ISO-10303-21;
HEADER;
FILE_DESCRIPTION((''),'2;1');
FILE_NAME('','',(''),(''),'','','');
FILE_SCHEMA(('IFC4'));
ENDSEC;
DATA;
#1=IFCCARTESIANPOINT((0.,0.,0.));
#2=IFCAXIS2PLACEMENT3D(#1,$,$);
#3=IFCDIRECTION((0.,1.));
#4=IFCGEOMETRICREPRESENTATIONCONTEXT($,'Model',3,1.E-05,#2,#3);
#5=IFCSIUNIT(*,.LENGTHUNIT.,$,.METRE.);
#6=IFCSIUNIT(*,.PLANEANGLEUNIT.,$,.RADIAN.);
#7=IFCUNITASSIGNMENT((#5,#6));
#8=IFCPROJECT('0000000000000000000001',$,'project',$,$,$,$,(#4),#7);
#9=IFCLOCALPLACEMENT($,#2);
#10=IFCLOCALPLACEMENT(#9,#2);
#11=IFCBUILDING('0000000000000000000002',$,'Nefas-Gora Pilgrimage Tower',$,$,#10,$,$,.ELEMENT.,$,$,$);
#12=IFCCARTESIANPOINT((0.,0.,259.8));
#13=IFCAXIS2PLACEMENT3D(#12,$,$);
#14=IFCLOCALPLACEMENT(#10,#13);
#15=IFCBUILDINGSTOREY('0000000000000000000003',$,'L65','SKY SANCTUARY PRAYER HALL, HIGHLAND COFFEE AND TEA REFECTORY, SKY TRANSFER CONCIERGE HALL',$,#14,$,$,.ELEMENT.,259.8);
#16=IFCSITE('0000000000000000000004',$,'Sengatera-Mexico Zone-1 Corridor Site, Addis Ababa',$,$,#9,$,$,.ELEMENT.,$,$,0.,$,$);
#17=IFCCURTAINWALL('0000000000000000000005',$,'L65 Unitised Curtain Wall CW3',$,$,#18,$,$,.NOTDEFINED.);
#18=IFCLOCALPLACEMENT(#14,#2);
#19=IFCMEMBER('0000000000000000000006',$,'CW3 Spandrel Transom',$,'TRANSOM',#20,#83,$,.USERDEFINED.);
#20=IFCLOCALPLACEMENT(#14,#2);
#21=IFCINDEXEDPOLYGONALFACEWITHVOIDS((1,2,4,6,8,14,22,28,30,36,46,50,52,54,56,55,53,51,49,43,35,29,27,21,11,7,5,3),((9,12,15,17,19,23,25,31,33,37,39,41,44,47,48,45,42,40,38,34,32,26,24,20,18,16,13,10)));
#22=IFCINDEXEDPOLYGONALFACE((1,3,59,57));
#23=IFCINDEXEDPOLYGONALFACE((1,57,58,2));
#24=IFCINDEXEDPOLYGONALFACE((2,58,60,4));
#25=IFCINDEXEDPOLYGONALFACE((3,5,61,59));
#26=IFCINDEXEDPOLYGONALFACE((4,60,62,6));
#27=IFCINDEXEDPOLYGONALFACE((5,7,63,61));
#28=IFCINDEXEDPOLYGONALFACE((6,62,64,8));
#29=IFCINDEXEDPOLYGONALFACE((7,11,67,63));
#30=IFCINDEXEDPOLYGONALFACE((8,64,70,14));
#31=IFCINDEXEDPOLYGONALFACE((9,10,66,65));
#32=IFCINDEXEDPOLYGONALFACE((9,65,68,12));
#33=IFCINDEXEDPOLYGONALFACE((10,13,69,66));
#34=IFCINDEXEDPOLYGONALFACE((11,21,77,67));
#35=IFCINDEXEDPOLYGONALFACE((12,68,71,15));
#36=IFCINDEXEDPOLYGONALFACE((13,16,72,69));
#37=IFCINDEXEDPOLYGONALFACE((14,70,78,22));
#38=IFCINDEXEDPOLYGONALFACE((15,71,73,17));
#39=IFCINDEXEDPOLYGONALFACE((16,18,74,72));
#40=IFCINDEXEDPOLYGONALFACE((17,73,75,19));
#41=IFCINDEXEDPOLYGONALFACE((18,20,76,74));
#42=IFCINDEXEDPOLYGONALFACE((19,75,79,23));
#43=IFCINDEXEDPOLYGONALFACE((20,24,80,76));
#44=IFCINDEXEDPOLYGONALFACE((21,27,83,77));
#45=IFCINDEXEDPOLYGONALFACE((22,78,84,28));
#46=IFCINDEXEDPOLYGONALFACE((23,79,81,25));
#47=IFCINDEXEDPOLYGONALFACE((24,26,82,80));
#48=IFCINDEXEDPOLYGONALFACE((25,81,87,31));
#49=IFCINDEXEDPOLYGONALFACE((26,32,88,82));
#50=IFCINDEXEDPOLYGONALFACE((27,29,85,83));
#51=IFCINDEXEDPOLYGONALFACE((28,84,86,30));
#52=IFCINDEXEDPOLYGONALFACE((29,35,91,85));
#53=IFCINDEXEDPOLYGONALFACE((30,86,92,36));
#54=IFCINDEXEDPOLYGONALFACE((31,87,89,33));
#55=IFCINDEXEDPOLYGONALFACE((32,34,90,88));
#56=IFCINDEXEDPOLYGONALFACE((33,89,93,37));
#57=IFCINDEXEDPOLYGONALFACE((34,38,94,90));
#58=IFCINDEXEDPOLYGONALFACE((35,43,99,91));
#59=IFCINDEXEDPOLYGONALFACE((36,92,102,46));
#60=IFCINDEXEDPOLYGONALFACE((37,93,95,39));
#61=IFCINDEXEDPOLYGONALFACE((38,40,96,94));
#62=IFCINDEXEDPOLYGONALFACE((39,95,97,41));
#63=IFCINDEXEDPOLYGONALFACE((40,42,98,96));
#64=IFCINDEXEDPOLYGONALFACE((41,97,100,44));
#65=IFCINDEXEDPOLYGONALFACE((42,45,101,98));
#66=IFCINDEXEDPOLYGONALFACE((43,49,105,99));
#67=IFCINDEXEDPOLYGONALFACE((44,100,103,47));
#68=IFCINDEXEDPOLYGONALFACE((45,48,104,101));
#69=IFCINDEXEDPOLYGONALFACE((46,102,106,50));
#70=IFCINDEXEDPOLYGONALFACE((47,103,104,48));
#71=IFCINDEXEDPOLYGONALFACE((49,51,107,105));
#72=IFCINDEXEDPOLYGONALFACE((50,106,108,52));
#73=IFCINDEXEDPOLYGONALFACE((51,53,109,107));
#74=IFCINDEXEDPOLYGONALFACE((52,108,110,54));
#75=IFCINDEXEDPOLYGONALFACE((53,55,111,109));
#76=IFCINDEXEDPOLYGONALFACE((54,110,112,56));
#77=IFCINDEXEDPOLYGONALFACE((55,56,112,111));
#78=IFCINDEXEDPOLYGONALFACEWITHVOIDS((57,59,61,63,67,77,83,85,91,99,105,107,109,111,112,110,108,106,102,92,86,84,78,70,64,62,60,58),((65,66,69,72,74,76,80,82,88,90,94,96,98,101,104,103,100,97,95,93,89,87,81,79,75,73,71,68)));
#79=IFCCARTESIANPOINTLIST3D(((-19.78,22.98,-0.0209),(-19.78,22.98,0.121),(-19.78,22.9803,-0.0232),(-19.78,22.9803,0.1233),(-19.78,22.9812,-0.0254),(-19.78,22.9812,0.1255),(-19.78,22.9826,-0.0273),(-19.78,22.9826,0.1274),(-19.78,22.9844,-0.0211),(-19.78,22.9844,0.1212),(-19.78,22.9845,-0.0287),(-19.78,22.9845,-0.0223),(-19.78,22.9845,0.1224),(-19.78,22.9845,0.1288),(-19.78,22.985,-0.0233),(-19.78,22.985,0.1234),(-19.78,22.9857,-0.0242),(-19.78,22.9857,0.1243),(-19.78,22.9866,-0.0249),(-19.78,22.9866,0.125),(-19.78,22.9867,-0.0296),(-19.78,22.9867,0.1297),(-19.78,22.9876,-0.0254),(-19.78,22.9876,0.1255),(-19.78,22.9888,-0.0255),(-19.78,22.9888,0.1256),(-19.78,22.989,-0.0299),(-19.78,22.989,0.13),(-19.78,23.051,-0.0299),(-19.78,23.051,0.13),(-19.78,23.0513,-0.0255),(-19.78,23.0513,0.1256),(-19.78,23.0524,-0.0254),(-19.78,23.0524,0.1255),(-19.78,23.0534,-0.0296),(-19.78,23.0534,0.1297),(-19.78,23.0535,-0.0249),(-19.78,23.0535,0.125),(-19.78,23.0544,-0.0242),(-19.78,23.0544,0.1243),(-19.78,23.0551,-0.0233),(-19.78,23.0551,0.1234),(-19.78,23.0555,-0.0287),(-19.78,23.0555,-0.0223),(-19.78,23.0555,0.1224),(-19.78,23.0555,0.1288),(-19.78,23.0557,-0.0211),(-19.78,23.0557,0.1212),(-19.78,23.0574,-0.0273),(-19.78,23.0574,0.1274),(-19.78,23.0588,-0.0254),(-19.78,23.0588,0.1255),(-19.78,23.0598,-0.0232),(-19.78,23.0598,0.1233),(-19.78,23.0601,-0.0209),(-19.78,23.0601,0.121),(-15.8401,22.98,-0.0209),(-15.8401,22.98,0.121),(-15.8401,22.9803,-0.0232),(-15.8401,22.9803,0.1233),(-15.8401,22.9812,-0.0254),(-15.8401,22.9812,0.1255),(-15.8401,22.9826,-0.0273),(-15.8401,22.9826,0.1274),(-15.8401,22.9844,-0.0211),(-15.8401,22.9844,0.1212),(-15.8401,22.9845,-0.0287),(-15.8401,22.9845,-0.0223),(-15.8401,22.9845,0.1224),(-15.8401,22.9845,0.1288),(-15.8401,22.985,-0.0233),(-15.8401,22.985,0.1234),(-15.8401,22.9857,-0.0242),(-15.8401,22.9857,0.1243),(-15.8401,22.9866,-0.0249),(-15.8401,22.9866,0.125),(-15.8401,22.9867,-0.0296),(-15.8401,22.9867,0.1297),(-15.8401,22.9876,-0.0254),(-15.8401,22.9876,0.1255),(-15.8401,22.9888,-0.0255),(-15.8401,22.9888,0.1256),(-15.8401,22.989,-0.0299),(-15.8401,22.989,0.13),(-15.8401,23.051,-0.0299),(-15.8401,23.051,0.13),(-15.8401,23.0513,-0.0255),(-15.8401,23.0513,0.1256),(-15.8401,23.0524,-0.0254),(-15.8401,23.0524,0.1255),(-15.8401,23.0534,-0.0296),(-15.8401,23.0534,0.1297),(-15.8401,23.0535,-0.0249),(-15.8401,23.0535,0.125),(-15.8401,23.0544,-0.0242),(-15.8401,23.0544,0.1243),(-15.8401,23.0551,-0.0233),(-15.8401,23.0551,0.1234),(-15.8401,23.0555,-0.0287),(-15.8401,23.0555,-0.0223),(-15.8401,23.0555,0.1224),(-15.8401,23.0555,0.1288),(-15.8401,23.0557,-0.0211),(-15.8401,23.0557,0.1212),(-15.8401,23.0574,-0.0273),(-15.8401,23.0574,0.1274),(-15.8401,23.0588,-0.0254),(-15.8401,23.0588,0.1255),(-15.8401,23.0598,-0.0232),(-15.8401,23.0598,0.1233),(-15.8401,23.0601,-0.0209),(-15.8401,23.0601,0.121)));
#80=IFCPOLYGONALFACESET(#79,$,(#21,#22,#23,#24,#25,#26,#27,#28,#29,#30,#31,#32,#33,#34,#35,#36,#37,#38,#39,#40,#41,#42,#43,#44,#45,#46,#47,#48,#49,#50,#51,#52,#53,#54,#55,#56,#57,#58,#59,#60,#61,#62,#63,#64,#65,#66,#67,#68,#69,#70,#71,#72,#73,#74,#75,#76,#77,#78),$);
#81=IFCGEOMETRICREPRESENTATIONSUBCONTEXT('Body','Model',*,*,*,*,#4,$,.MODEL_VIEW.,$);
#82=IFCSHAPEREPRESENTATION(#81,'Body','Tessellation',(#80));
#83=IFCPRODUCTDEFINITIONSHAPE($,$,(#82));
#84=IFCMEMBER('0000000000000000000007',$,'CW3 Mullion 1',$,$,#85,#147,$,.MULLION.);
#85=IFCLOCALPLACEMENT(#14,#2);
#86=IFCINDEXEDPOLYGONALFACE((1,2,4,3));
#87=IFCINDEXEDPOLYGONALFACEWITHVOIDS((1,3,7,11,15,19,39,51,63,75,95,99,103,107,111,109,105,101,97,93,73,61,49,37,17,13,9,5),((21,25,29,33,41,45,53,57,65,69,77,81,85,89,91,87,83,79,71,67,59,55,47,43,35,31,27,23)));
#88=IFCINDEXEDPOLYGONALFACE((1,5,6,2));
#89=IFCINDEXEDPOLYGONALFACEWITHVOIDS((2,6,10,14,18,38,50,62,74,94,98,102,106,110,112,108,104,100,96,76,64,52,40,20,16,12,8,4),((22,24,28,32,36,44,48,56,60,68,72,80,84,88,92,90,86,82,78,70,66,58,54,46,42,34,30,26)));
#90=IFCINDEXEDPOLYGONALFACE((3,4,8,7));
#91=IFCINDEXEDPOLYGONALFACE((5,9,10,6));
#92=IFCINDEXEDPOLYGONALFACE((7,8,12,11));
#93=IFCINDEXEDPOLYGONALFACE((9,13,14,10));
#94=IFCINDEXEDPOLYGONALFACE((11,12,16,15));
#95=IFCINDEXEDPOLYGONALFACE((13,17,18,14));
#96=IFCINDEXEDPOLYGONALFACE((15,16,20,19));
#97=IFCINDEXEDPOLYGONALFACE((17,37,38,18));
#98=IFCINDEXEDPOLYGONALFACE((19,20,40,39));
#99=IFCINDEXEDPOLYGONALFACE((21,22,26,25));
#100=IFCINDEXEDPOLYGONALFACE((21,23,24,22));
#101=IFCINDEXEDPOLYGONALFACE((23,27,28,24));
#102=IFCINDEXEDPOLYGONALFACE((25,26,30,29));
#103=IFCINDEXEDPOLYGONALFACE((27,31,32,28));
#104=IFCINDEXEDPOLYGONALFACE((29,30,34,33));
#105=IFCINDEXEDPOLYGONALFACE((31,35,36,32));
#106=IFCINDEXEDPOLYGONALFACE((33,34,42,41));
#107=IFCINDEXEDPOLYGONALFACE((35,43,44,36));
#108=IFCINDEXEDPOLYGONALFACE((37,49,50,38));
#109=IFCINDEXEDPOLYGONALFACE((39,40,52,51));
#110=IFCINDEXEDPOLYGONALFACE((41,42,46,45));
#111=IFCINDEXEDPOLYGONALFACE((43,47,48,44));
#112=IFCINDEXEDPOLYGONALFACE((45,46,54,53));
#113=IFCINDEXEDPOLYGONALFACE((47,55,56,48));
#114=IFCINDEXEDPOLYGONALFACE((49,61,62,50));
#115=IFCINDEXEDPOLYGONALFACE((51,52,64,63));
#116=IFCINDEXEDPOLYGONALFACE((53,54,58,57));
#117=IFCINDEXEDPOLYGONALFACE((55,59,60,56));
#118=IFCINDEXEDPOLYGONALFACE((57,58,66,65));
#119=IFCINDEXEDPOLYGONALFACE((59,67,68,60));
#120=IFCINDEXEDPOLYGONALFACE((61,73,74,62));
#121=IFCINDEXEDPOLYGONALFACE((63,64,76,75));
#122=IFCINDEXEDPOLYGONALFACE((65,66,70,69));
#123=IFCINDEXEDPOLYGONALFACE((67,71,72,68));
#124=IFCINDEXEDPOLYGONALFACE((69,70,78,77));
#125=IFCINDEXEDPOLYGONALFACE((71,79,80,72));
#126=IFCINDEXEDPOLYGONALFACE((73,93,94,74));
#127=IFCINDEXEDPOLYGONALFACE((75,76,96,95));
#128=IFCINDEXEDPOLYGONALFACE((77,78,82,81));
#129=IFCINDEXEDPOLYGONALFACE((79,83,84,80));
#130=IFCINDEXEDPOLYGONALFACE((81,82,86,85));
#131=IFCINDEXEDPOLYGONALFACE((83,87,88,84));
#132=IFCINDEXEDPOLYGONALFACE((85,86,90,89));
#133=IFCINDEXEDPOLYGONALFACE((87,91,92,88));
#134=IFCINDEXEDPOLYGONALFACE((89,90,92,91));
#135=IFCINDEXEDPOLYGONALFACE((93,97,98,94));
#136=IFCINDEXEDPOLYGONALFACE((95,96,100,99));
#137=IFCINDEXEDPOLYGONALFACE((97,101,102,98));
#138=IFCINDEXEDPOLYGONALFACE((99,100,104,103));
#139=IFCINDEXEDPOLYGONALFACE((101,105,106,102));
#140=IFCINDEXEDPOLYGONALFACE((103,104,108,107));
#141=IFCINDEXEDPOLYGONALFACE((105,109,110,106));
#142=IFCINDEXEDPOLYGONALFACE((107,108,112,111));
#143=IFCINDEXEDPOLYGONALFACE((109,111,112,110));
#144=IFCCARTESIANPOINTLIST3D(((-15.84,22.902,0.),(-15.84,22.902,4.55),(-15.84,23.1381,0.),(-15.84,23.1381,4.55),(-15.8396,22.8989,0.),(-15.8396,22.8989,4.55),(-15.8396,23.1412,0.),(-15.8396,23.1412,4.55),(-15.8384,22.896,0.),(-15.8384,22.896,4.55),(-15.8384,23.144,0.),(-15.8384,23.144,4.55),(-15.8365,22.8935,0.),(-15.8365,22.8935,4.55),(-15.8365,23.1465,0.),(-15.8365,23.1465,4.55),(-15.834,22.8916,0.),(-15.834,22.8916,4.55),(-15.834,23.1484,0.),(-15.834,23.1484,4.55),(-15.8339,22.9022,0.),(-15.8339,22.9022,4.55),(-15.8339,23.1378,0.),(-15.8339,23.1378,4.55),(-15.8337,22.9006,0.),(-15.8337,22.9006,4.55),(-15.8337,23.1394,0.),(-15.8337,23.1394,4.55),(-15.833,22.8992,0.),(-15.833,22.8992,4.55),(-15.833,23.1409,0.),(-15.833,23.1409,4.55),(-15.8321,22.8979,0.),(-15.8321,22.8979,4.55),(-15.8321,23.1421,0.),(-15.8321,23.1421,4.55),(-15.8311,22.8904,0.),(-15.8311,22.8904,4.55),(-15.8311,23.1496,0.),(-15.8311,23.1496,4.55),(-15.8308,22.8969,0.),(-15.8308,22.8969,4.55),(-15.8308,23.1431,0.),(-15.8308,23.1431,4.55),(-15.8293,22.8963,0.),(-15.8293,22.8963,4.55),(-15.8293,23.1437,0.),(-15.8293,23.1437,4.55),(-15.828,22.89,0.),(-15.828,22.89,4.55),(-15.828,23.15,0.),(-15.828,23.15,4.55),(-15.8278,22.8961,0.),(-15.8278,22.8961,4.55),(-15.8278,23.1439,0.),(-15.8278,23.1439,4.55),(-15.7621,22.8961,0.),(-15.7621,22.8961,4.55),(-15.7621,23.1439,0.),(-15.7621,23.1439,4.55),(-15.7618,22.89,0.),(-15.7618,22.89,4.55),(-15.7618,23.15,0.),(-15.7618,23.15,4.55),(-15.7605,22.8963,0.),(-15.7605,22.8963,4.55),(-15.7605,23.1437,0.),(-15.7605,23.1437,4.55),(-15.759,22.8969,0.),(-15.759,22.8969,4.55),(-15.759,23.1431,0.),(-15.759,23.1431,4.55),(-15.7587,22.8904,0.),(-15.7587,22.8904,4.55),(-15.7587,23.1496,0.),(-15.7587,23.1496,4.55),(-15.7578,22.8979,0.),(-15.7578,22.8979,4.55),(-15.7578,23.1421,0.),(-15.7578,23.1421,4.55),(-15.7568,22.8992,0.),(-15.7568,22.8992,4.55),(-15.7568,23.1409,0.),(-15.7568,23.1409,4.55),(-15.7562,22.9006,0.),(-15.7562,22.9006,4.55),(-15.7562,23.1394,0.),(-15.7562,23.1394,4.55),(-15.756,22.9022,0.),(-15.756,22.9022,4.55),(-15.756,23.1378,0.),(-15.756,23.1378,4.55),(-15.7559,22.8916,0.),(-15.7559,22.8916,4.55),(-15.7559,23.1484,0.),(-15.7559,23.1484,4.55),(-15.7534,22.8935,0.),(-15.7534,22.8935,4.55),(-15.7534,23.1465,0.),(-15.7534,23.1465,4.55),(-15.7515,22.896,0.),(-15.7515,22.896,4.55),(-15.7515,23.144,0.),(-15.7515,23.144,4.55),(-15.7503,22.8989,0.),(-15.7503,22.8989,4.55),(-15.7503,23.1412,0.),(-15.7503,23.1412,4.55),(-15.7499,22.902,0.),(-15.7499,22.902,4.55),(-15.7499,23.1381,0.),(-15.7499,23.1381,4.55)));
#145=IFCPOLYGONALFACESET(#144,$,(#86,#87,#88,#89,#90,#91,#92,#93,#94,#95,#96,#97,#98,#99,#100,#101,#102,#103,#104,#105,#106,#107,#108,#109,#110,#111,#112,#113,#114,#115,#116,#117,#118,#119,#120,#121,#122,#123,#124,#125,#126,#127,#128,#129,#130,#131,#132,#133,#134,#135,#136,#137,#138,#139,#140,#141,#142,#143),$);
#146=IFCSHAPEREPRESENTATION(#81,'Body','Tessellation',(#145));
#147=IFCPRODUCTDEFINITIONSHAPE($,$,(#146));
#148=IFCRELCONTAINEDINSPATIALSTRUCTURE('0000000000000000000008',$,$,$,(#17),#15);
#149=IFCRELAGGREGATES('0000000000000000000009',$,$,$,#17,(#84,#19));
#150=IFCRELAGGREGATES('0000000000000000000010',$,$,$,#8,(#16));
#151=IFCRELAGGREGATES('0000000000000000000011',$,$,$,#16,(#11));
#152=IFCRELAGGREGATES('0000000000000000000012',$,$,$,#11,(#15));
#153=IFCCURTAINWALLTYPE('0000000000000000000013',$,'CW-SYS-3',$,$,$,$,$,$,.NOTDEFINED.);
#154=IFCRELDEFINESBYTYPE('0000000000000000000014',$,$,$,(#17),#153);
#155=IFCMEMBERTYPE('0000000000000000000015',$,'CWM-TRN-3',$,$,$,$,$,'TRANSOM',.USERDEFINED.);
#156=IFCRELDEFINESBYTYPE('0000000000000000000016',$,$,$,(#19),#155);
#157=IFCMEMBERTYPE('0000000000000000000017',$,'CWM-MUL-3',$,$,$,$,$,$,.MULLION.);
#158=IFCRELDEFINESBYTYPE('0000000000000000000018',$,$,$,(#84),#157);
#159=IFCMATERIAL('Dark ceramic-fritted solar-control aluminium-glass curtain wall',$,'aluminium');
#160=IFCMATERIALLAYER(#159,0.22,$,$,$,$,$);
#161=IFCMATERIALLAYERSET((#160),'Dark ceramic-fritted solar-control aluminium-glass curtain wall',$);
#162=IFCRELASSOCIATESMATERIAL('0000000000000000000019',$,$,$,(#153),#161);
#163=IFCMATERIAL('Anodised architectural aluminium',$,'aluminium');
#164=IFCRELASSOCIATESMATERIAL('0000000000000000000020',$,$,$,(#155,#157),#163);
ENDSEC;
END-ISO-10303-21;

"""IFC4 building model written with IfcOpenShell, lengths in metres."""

from ifc_helpers import new_model, si_unit, direction, frame, origin, origin_2d, place, context, subcontext, project, spatial, hollow_rectangle, extrude, source, transform, mapped, material, layer, layer_set, material_profile, profile_set, type_object, element, aggregate, save


model = new_model("IFC4")

# Units and contexts
model_context = context("Model", 3, precision=1e-05, world=origin(), true_north=direction((0.0, 1.0)))
body_context = subcontext(model_context, "Body", "Model", "MODEL_VIEW")
ifc_project = project(units=[si_unit("LENGTHUNIT", "METRE"), si_unit("PLANEANGLEUNIT", "RADIAN")], contexts=[model_context])

# Site, building, storey
site_placement = place(None, origin())
site = spatial("IfcSite", under=ifc_project, at=site_placement, Name="Sengatera-Mexico Zone-1 Corridor Site, Addis Ababa", CompositionType="ELEMENT", RefElevation=0.0)
building_placement = place(site_placement, origin())
building = spatial("IfcBuilding", under=site, at=building_placement, Name="Nefas-Gora Pilgrimage Tower", CompositionType="ELEMENT")
storey_placement = place(building_placement, frame((0.0, 0.0, 259.8)))
storey = spatial("IfcBuildingStorey", under=building, at=storey_placement, Name="L65", Description="SKY SANCTUARY PRAYER HALL, HIGHLAND COFFEE AND TEA REFECTORY, SKY TRANSFER CONCIERGE HALL", CompositionType="ELEMENT", Elevation=259.8)

# Shared definitions
ifc_material_1 = material(Name="Dark ceramic-fritted solar-control aluminium-glass curtain wall", Category="aluminium")
ifc_material_2 = material(Name="Anodised architectural aluminium", Category="aluminium")
ifc_layer_1 = layer(ifc_material_1, 0.22)
ifc_layer_set_1 = layer_set([ifc_layer_1], Name="Dark ceramic-fritted solar-control aluminium-glass curtain wall")
curtain_wall_type_1 = type_object("IfcCurtainWallType", Name="CW-SYS-3", PredefinedType="NOTDEFINED", material=ifc_layer_set_1)
ifc_material_profile_1 = material_profile(ifc_material_2, hollow_rectangle(XDim=0.0801, YDim=0.1599, WallThickness=0.0044, InnerFilletRadius=0.0044, OuterFilletRadius=0.009, at=origin_2d()), Name="ALU TRANSOM 80x160")
ifc_profile_set_1 = profile_set([ifc_material_profile_1], Name="Anodised architectural aluminium")
member_type_1 = type_object("IfcMemberType", Name="CWM-TRN-3", ElementType="TRANSOM", PredefinedType="USERDEFINED", material=ifc_profile_set_1)

# Curtain wall, members
curtain_wall_1_placement = place(storey_placement, origin())
curtain_wall_1 = element("IfcCurtainWall", 1, at=curtain_wall_1_placement, inside=storey, type_object=curtain_wall_type_1, Name="L65 Unitised Curtain Wall CW3", PredefinedType="NOTDEFINED")
shared_shape_1 = source(origin(), body_context, "Body", "SweptSolid", [
    extrude(hollow_rectangle(XDim=0.0801, YDim=0.1599, WallThickness=0.0044, InnerFilletRadius=0.0044, OuterFilletRadius=0.009, at=origin_2d()), origin(), (0.0, 0.0, 1.0), 3.9399),
])
member_1_placement = place(storey_placement, frame((-15.8401, 23.02, 0.05), z_axis=(-1.0, 0.0, 0.0), x_axis=(0.0, -1.0, 0.0)))
member_1 = element("IfcMember", 2, at=member_1_placement, type_object=member_type_1, Name="CW3 Spandrel Transom", ObjectType="TRANSOM", PredefinedType="USERDEFINED", context=body_context, shape_type="MappedRepresentation", body=[
    mapped(shared_shape_1, transform((0.0, 0.0, 0.0), x_axis=(1.0, 0.0, 0.0), y_axis=(0.0, 1.0, 0.0), z_axis=(0.0, 0.0, 1.0), scale=1.0)),
])
ifc_material_profile_2 = material_profile(ifc_material_2, hollow_rectangle(XDim=0.0901, YDim=0.26, WallThickness=0.0061, InnerFilletRadius=0.0061, OuterFilletRadius=0.012, at=origin_2d()), Name="ALU MULLION 90x260")
ifc_profile_set_2 = profile_set([ifc_material_profile_2], Name="Anodised architectural aluminium")
member_type_2 = type_object("IfcMemberType", Name="CWM-MUL-3", PredefinedType="MULLION", material=ifc_profile_set_2)
shared_shape_2 = source(origin(), body_context, "Body", "SweptSolid", [
    extrude(hollow_rectangle(XDim=0.0901, YDim=0.26, WallThickness=0.0061, InnerFilletRadius=0.0061, OuterFilletRadius=0.012, at=origin_2d()), origin(), (0.0, 0.0, 1.0), 4.55),
])
member_2_placement = place(storey_placement, frame((-15.7949, 23.02, 0.0), z_axis=(0.0, 0.0, 1.0), x_axis=(-1.0, 0.0, 0.0)))
member_2 = element("IfcMember", 3, at=member_2_placement, type_object=member_type_2, Name="CW3 Mullion 1", PredefinedType="MULLION", context=body_context, shape_type="MappedRepresentation", body=[
    mapped(shared_shape_2, transform((0.0, 0.0, 0.0), x_axis=(1.0, 0.0, 0.0), y_axis=(0.0, 1.0, 0.0), z_axis=(0.0, 0.0, 1.0), scale=1.0)),
])

aggregate(curtain_wall_1, [member_2, member_1])

save(model, "model.ifc")
